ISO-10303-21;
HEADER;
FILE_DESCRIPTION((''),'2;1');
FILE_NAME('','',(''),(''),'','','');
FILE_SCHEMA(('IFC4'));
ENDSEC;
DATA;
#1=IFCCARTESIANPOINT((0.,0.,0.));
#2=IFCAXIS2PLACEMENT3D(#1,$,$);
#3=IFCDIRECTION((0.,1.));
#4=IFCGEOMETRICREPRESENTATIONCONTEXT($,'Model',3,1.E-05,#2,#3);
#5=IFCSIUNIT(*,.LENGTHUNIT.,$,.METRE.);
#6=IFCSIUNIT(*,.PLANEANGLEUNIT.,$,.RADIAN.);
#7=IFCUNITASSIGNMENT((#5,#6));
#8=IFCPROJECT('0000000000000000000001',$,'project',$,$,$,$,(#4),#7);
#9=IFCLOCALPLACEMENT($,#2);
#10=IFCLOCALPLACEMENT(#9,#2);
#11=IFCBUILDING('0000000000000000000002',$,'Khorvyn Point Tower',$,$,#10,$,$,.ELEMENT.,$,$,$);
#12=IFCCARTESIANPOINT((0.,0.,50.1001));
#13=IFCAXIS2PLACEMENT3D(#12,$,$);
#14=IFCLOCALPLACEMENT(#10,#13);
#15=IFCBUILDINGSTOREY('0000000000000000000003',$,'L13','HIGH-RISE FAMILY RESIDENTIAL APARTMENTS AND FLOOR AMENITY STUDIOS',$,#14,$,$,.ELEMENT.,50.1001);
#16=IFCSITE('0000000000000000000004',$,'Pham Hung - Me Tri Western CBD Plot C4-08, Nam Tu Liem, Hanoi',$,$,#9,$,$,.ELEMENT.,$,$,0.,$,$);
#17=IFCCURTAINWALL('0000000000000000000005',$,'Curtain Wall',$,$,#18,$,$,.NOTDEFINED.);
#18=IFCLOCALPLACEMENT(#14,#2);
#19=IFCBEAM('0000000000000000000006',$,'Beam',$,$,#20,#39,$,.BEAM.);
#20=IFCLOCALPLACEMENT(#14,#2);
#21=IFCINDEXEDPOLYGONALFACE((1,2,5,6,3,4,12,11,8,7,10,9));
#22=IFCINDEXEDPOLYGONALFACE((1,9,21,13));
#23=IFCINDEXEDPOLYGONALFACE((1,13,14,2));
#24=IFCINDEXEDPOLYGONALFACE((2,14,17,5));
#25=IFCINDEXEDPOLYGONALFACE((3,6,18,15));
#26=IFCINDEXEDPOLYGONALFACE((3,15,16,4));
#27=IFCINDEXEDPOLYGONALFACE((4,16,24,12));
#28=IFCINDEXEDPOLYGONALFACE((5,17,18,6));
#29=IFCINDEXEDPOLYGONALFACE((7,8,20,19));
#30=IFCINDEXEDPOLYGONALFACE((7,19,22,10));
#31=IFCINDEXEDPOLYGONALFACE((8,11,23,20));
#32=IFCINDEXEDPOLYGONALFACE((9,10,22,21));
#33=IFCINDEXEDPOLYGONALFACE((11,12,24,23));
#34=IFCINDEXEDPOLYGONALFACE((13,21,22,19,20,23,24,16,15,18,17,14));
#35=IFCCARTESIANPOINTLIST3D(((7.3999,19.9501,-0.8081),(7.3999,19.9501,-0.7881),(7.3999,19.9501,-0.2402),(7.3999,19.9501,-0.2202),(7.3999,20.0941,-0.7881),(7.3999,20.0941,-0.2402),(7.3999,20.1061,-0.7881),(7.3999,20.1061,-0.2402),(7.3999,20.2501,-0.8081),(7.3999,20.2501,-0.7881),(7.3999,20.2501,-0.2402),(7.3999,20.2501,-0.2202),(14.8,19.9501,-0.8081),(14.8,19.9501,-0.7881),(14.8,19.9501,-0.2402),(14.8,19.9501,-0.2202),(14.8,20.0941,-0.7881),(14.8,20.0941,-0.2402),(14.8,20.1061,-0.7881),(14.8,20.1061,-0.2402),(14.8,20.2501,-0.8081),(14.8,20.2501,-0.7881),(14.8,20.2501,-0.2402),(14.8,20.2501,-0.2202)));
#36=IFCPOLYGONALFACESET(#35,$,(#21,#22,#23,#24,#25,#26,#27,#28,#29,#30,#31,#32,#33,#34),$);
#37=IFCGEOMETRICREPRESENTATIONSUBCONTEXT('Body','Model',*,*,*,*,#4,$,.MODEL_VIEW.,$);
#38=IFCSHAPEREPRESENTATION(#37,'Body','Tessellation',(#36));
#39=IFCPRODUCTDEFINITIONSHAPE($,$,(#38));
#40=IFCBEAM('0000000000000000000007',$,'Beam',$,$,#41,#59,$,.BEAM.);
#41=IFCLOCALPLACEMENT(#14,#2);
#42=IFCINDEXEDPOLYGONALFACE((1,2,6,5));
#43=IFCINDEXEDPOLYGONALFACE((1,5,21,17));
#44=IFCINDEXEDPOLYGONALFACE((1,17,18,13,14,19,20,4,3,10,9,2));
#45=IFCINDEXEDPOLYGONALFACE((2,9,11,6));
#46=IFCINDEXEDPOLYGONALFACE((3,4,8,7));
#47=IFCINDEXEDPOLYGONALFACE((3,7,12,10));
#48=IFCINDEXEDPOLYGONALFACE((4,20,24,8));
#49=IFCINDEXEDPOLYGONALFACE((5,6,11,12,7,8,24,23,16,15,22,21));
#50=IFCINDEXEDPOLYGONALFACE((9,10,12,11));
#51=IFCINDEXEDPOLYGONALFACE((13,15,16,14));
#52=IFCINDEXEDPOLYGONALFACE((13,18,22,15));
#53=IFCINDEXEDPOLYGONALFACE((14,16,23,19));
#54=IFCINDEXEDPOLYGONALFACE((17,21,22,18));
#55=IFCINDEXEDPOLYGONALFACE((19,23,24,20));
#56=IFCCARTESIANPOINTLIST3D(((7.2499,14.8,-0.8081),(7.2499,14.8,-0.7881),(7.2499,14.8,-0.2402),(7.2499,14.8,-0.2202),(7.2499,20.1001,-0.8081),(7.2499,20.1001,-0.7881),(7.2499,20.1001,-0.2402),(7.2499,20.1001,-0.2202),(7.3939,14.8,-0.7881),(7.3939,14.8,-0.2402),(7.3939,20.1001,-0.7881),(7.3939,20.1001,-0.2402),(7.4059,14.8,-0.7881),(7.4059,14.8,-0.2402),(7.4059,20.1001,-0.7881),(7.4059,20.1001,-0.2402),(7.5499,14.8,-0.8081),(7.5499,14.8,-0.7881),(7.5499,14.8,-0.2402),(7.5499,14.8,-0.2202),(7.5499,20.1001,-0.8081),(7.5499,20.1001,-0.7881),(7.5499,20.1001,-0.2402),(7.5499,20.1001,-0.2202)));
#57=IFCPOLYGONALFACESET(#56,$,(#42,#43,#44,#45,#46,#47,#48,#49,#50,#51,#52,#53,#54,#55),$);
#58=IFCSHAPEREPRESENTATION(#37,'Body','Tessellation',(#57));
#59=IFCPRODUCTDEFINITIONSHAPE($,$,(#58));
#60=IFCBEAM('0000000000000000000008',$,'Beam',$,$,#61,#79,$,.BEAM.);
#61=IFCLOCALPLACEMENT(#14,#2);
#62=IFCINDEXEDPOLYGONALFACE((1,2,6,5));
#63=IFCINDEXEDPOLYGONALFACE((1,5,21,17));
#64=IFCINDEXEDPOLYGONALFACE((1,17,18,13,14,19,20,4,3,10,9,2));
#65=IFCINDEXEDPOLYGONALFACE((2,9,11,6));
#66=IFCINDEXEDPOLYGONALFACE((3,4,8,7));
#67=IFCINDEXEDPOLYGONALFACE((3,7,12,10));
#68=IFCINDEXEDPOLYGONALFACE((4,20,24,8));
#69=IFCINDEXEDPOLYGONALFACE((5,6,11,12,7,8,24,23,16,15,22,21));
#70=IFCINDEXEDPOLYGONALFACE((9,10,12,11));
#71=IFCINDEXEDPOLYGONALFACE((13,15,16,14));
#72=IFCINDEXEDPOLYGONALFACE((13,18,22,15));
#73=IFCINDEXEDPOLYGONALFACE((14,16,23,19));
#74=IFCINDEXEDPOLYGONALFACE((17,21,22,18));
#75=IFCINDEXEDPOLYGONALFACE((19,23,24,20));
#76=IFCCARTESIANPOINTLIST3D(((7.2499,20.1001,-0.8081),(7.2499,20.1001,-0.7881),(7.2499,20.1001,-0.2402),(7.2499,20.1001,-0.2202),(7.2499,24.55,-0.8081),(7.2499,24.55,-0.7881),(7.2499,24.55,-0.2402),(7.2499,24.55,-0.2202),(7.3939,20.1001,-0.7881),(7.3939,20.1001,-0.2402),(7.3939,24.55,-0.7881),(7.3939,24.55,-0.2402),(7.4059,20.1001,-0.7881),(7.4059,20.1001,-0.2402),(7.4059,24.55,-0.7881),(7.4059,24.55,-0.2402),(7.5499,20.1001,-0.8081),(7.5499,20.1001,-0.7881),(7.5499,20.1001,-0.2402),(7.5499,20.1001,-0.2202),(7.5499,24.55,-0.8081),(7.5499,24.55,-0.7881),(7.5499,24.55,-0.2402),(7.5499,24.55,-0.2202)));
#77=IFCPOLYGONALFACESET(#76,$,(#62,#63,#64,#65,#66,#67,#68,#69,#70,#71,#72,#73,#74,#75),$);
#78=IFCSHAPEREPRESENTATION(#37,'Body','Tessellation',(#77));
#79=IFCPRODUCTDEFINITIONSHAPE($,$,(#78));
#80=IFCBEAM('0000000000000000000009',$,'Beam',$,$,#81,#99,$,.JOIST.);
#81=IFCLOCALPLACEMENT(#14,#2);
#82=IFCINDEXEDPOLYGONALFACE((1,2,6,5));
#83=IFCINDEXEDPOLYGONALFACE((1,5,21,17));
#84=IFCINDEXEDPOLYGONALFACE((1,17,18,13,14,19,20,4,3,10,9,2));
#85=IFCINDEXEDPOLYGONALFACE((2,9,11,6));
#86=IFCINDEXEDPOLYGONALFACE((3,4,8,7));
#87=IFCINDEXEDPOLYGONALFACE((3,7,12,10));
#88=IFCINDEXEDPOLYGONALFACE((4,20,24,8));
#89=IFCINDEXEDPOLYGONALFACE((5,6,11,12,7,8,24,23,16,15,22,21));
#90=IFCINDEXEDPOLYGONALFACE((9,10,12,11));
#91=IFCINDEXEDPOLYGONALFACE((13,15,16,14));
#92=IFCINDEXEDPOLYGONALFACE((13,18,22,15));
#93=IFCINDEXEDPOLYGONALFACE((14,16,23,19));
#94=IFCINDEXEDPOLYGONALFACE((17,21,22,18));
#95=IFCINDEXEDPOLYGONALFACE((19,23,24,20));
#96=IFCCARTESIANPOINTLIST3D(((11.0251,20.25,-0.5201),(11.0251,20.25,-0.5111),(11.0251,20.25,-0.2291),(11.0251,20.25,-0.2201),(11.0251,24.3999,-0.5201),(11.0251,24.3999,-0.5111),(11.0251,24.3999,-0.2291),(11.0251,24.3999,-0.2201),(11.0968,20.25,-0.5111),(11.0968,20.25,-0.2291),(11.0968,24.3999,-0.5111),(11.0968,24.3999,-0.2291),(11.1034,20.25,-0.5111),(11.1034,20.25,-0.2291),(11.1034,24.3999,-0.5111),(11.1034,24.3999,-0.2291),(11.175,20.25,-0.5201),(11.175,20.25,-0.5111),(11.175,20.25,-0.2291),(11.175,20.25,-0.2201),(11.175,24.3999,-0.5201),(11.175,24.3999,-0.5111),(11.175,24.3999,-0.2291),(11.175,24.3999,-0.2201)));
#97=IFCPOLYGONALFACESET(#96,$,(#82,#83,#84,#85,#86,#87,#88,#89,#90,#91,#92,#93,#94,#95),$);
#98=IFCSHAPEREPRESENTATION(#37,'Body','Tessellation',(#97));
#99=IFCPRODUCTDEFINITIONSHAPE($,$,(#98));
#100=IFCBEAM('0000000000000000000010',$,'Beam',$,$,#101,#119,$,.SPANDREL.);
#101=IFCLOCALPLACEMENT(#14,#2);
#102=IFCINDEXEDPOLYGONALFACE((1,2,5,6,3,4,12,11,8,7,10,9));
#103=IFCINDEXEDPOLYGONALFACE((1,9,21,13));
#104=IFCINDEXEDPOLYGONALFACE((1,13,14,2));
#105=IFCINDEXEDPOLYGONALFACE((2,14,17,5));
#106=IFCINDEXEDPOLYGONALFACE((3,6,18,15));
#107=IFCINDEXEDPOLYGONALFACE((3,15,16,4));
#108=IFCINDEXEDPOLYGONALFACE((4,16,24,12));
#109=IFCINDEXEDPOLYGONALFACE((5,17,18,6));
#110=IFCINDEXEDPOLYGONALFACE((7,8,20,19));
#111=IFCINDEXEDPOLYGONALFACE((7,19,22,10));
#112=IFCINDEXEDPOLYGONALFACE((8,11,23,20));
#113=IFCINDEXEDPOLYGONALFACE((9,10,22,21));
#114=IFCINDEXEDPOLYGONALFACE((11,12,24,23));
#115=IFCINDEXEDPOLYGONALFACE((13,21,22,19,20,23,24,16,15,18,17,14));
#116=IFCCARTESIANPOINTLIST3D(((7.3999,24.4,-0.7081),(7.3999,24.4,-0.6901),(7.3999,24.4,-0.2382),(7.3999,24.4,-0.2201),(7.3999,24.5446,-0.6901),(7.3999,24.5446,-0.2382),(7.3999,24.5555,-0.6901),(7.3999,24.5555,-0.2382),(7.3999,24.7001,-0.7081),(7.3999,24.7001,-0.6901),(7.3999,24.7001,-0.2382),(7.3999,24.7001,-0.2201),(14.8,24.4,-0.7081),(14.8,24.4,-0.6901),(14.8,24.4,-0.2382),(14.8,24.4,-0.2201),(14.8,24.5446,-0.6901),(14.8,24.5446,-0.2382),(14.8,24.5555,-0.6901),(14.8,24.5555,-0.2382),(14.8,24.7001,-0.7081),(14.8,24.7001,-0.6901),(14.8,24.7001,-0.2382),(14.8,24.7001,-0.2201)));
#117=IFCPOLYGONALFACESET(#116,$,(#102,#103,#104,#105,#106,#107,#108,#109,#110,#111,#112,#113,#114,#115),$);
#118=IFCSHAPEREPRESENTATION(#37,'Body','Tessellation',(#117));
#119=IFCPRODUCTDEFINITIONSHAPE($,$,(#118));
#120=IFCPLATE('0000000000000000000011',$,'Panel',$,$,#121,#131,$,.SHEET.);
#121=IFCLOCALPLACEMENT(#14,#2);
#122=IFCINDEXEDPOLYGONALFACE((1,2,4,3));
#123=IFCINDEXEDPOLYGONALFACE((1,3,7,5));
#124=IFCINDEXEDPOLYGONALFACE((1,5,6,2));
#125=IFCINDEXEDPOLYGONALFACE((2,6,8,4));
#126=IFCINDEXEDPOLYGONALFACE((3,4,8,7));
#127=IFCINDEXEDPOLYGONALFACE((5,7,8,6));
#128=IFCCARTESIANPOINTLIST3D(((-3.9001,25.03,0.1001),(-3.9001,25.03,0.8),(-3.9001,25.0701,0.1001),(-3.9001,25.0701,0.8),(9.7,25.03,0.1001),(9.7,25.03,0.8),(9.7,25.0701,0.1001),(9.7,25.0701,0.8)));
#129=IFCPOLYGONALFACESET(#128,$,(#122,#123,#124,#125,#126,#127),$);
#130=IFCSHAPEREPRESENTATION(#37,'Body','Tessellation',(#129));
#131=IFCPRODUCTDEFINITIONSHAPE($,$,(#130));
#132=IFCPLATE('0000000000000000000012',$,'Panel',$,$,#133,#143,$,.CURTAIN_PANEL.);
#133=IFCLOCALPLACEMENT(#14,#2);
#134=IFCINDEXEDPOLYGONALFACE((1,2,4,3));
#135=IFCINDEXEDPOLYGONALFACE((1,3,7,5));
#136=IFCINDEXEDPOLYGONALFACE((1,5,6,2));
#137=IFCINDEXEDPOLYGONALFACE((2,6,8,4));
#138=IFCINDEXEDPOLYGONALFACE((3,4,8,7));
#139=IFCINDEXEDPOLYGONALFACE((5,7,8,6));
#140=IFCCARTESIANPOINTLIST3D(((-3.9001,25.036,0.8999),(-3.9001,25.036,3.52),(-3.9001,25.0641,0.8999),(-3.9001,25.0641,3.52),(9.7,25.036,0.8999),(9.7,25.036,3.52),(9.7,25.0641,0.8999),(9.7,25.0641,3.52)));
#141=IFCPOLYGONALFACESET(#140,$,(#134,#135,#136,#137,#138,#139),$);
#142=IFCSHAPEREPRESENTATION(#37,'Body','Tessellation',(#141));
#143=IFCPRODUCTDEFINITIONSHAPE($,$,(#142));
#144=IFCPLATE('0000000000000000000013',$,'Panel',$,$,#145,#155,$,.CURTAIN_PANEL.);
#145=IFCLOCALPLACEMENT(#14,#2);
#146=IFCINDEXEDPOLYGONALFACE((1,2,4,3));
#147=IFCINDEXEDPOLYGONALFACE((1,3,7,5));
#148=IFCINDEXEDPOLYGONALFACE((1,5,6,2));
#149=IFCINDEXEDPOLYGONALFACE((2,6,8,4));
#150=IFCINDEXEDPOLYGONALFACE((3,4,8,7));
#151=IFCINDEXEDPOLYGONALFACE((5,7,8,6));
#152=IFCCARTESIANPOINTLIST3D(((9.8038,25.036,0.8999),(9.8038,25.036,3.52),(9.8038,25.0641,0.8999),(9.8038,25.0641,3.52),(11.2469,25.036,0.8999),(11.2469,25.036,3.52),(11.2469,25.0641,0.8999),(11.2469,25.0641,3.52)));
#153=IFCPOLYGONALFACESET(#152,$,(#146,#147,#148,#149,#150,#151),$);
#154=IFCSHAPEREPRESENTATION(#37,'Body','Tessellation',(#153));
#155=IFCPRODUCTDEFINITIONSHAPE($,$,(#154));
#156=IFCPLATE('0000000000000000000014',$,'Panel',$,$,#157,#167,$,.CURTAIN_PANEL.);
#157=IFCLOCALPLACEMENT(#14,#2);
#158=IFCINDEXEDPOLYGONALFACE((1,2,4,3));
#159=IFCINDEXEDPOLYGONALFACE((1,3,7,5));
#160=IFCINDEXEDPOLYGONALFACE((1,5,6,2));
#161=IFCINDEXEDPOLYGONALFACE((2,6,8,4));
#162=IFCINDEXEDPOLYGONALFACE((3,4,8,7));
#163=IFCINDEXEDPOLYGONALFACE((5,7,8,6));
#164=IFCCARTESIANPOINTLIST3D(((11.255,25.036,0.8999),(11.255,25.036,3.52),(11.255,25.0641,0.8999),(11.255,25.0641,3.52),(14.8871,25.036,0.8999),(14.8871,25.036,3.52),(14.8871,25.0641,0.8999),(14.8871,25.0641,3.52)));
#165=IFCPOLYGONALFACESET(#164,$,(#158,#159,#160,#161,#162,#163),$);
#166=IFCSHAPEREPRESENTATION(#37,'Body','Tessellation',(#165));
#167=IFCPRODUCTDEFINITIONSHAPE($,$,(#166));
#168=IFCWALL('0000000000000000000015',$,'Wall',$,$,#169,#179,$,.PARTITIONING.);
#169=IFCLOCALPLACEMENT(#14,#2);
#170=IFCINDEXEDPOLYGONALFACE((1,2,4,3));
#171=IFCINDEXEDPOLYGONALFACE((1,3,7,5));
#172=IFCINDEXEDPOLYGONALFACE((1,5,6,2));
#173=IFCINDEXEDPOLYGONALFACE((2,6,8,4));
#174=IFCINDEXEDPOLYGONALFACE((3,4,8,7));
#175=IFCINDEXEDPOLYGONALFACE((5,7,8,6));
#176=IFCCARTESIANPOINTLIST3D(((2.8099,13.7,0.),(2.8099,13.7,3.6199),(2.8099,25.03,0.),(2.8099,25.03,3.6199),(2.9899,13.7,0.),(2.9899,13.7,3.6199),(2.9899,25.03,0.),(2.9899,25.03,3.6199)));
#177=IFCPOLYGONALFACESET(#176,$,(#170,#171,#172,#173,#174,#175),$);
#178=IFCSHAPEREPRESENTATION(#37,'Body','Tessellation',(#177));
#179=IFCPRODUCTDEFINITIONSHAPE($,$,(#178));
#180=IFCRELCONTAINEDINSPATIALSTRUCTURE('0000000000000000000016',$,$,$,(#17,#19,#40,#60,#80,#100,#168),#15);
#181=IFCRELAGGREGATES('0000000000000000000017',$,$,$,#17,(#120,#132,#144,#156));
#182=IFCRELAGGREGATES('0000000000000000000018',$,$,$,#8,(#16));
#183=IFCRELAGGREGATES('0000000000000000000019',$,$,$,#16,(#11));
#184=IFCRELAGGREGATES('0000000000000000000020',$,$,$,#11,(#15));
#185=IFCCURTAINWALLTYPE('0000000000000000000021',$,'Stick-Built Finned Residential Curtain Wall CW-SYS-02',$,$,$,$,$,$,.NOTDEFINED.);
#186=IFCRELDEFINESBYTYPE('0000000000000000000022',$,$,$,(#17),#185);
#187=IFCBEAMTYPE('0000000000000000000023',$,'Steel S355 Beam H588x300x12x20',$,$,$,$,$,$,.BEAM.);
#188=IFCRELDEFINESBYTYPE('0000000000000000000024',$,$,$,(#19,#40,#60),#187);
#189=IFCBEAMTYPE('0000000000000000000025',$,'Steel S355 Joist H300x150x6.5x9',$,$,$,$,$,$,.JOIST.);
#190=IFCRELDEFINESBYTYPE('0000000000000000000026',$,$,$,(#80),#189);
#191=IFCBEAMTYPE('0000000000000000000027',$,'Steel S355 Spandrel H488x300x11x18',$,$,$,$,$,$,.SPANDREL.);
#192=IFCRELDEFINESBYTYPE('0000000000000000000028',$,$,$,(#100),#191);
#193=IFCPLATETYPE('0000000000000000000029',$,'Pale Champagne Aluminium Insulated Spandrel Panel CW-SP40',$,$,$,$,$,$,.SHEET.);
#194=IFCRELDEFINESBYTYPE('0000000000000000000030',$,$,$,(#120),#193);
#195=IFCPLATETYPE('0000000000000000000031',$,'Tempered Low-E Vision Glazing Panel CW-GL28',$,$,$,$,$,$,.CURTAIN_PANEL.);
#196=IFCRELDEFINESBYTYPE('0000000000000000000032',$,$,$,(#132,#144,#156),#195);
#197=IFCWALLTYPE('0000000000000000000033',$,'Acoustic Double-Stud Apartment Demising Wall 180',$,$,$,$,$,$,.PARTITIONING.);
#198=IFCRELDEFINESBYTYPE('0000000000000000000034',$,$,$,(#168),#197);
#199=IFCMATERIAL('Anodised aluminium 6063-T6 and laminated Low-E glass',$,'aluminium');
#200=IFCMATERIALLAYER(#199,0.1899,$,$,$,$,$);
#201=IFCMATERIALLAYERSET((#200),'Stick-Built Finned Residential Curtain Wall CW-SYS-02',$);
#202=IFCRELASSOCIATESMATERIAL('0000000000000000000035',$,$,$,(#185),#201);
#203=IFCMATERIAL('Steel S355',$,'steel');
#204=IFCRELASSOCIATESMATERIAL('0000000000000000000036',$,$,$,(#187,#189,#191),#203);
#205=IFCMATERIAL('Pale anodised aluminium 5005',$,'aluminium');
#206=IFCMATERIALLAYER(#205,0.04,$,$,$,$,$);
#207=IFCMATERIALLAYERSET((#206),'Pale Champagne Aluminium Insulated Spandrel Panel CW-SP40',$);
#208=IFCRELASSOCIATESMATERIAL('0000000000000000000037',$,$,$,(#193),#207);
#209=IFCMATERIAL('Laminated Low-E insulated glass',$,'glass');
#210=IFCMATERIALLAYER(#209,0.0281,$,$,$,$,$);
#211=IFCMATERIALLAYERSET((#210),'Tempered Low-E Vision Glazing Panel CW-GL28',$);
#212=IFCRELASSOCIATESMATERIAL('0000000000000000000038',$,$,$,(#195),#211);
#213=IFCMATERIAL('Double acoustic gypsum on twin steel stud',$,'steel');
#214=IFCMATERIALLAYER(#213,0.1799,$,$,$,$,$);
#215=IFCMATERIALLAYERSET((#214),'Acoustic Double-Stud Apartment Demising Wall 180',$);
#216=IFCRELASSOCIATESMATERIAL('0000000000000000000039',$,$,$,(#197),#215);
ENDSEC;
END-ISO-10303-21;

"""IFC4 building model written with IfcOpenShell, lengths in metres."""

from ifc_helpers import new_model, si_unit, direction, frame, frame_2d, origin, origin_2d, place, context, subcontext, project, spatial, rectangle, i_section, extrude, material, layer, layer_set, material_profile, profile_set, type_object, element, aggregate, save


model = new_model("IFC4")

# Units and contexts
model_context = context("Model", 3, precision=1e-05, world=origin(), true_north=direction((0.0, 1.0)))
body_context = subcontext(model_context, "Body", "Model", "MODEL_VIEW")
ifc_project = project(units=[si_unit("LENGTHUNIT", "METRE"), si_unit("PLANEANGLEUNIT", "RADIAN")], contexts=[model_context])

# Site, building, storey
site_placement = place(None, origin())
site = spatial("IfcSite", under=ifc_project, at=site_placement, Name="Pham Hung - Me Tri Western CBD Plot C4-08, Nam Tu Liem, Hanoi", CompositionType="ELEMENT", RefElevation=0.0)
building_placement = place(site_placement, origin())
building = spatial("IfcBuilding", under=site, at=building_placement, Name="Khorvyn Point Tower", CompositionType="ELEMENT")
storey_placement = place(building_placement, frame((0.0, 0.0, 50.1001)))
storey = spatial("IfcBuildingStorey", under=building, at=storey_placement, Name="L13", Description="HIGH-RISE FAMILY RESIDENTIAL APARTMENTS AND FLOOR AMENITY STUDIOS", CompositionType="ELEMENT", Elevation=50.1001)

# Curtain wall
ifc_material_1 = material(Name="Anodised aluminium 6063-T6 and laminated Low-E glass", Category="aluminium")
ifc_layer_1 = layer(ifc_material_1, 0.1899)
ifc_layer_set_1 = layer_set([ifc_layer_1], Name="Stick-Built Finned Residential Curtain Wall CW-SYS-02")
curtain_wall_type = type_object("IfcCurtainWallType", Name="Stick-Built Finned Residential Curtain Wall CW-SYS-02", PredefinedType="NOTDEFINED", material=ifc_layer_set_1)
curtain_wall_placement = place(storey_placement, origin())
curtain_wall = element("IfcCurtainWall", 1, at=curtain_wall_placement, inside=storey, type_object=curtain_wall_type, Name="Curtain Wall", PredefinedType="NOTDEFINED")

# Beams
ifc_material_2 = material(Name="Steel S355", Category="steel")
ifc_material_profile_1 = material_profile(ifc_material_2, i_section(OverallWidth=0.3, OverallDepth=0.5879, WebThickness=0.012, FlangeThickness=0.02, at=origin_2d()))
ifc_profile_set_1 = profile_set([ifc_material_profile_1], Name="Steel S355 H588x300x12x20")
beam_type_1 = type_object("IfcBeamType", Name="Steel S355 Beam H588x300x12x20", PredefinedType="BEAM", material=ifc_profile_set_1)
for number, where, z_axis, x_axis, name in (
    (2, (7.3999, 20.1001, -0.5142), (1.0, 0.0, 0.0), (0.0, 1.0, 0.0), "Beam"),
):
    element("IfcBeam", number, at=place(storey_placement, frame(where, z_axis=z_axis, x_axis=x_axis)), inside=storey, type_object=beam_type_1, Name=name, PredefinedType="BEAM", context=body_context, shape_type="SweptSolid", body=[
        extrude(i_section(OverallWidth=0.3, OverallDepth=0.5879, WebThickness=0.012, FlangeThickness=0.02, at=origin_2d()), origin(), (0.0, 0.0, 1.0), 7.4001),
    ])
beam_1_placement = place(storey_placement, frame((7.3999, 14.8, -0.5142), z_axis=(0.0, 1.0, 0.0), x_axis=(-1.0, 0.0, 0.0)))
element("IfcBeam", 3, at=beam_1_placement, inside=storey, type_object=beam_type_1, Name="Beam", PredefinedType="BEAM", context=body_context, shape_type="SweptSolid", body=[
    extrude(i_section(OverallWidth=0.3, OverallDepth=0.5879, WebThickness=0.012, FlangeThickness=0.02, at=origin_2d()), origin(), (0.0, 0.0, 1.0), 5.3),
])
beam_2_placement = place(storey_placement, frame((7.3999, 20.1001, -0.5142), z_axis=(0.0, 1.0, 0.0), x_axis=(-1.0, 0.0, 0.0)))
element("IfcBeam", 4, at=beam_2_placement, inside=storey, type_object=beam_type_1, Name="Beam", PredefinedType="BEAM", context=body_context, shape_type="SweptSolid", body=[
    extrude(i_section(OverallWidth=0.3, OverallDepth=0.5879, WebThickness=0.012, FlangeThickness=0.02, at=origin_2d()), origin(), (0.0, 0.0, 1.0), 4.45),
])
ifc_material_profile_2 = material_profile(ifc_material_2, i_section(OverallWidth=0.1499, OverallDepth=0.3, WebThickness=0.0066, FlangeThickness=0.009, at=origin_2d()))
ifc_profile_set_2 = profile_set([ifc_material_profile_2], Name="Steel S355 H300x150x6.5x9")
beam_type_2 = type_object("IfcBeamType", Name="Steel S355 Joist H300x150x6.5x9", PredefinedType="JOIST", material=ifc_profile_set_2)
beam_3_placement = place(storey_placement, frame((11.1001, 20.25, -0.3701), z_axis=(0.0, 1.0, 0.0), x_axis=(-1.0, 0.0, 0.0)))
element("IfcBeam", 5, at=beam_3_placement, inside=storey, type_object=beam_type_2, Name="Beam", PredefinedType="JOIST", context=body_context, shape_type="SweptSolid", body=[
    extrude(i_section(OverallWidth=0.1499, OverallDepth=0.3, WebThickness=0.0066, FlangeThickness=0.009, at=origin_2d()), origin(), (0.0, 0.0, 1.0), 4.1499),
])
ifc_material_profile_3 = material_profile(ifc_material_2, i_section(OverallWidth=0.3, OverallDepth=0.488, WebThickness=0.011, FlangeThickness=0.0181, at=origin_2d()))
ifc_profile_set_3 = profile_set([ifc_material_profile_3], Name="Steel S355 H488x300x11x18")
beam_type_3 = type_object("IfcBeamType", Name="Steel S355 Spandrel H488x300x11x18", PredefinedType="SPANDREL", material=ifc_profile_set_3)
beam_4_placement = place(storey_placement, frame((7.3999, 24.55, -0.4641), z_axis=(1.0, 0.0, 0.0), x_axis=(0.0, 1.0, 0.0)))
element("IfcBeam", 6, at=beam_4_placement, inside=storey, type_object=beam_type_3, Name="Beam", PredefinedType="SPANDREL", context=body_context, shape_type="SweptSolid", body=[
    extrude(i_section(OverallWidth=0.3, OverallDepth=0.488, WebThickness=0.011, FlangeThickness=0.0181, at=origin_2d()), origin(), (0.0, 0.0, 1.0), 7.4001),
])

# Plates
ifc_material_3 = material(Name="Pale anodised aluminium 5005", Category="aluminium")
ifc_layer_2 = layer(ifc_material_3, 0.04)
ifc_layer_set_2 = layer_set([ifc_layer_2], Name="Pale Champagne Aluminium Insulated Spandrel Panel CW-SP40")
plate_type_1 = type_object("IfcPlateType", Name="Pale Champagne Aluminium Insulated Spandrel Panel CW-SP40", PredefinedType="SHEET", material=ifc_layer_set_2)
plate_1_placement = place(storey_placement, frame((2.8999, 25.05, 0.1001), z_axis=(0.0, 0.0, 1.0), x_axis=(1.0, 0.0, 0.0)))
plate_1 = element("IfcPlate", 7, at=plate_1_placement, type_object=plate_type_1, Name="Panel", PredefinedType="SHEET", context=body_context, shape_type="SweptSolid", body=[
    extrude(rectangle(XDim=13.6001, YDim=0.04, at=origin_2d()), origin(), (0.0, 0.0, 1.0), 0.7),
])
ifc_material_4 = material(Name="Laminated Low-E insulated glass", Category="glass")
ifc_layer_3 = layer(ifc_material_4, 0.0281)
ifc_layer_set_3 = layer_set([ifc_layer_3], Name="Tempered Low-E Vision Glazing Panel CW-GL28")
plate_type_2 = type_object("IfcPlateType", Name="Tempered Low-E Vision Glazing Panel CW-GL28", PredefinedType="CURTAIN_PANEL", material=ifc_layer_set_3)
plate_2_placement = place(storey_placement, frame((2.8999, 25.05, 0.8999), z_axis=(0.0, 0.0, 1.0), x_axis=(1.0, 0.0, 0.0)))
plate_2 = element("IfcPlate", 8, at=plate_2_placement, type_object=plate_type_2, Name="Panel", PredefinedType="CURTAIN_PANEL", context=body_context, shape_type="SweptSolid", body=[
    extrude(rectangle(XDim=13.6001, YDim=0.0281, at=origin_2d()), origin(), (0.0, 0.0, 1.0), 2.6201),
])
plate_3_placement = place(storey_placement, frame((10.5254, 25.05, 0.8999), z_axis=(0.0, 0.0, 1.0), x_axis=(1.0, 0.0, 0.0)))
plate_3 = element("IfcPlate", 9, at=plate_3_placement, type_object=plate_type_2, Name="Panel", PredefinedType="CURTAIN_PANEL", context=body_context, shape_type="SweptSolid", body=[
    extrude(rectangle(XDim=1.4431, YDim=0.0281, at=origin_2d()), origin(), (0.0, 0.0, 1.0), 2.6201),
])
plate_4_placement = place(storey_placement, frame((13.071, 25.05, 0.8999), z_axis=(0.0, 0.0, 1.0), x_axis=(1.0, 0.0, 0.0)))
plate_4 = element("IfcPlate", 10, at=plate_4_placement, type_object=plate_type_2, Name="Panel", PredefinedType="CURTAIN_PANEL", context=body_context, shape_type="SweptSolid", body=[
    extrude(rectangle(XDim=3.6321, YDim=0.0281, at=origin_2d()), origin(), (0.0, 0.0, 1.0), 2.6201),
])
aggregate(curtain_wall, [plate_1, plate_2, plate_3, plate_4])

# Wall
ifc_material_5 = material(Name="Double acoustic gypsum on twin steel stud", Category="steel")
ifc_layer_4 = layer(ifc_material_5, 0.1799)
ifc_layer_set_4 = layer_set([ifc_layer_4], Name="Acoustic Double-Stud Apartment Demising Wall 180")
wall_type_1 = type_object("IfcWallType", Name="Acoustic Double-Stud Apartment Demising Wall 180", PredefinedType="PARTITIONING", material=ifc_layer_set_4)
wall_1_placement = place(storey_placement, frame((2.8999, 13.7, 0.0), z_axis=(0.0, 0.0, 1.0), x_axis=(0.0, 1.0, 0.0)))
element("IfcWall", 11, at=wall_1_placement, inside=storey, type_object=wall_type_1, Name="Wall", PredefinedType="PARTITIONING", context=body_context, shape_type="SweptSolid", body=[
    extrude(rectangle(XDim=11.3301, YDim=0.1799, at=frame_2d((5.665, 0.0))), origin(), (0.0, 0.0, 1.0), 3.6199),
])

save(model, "model.ifc")
